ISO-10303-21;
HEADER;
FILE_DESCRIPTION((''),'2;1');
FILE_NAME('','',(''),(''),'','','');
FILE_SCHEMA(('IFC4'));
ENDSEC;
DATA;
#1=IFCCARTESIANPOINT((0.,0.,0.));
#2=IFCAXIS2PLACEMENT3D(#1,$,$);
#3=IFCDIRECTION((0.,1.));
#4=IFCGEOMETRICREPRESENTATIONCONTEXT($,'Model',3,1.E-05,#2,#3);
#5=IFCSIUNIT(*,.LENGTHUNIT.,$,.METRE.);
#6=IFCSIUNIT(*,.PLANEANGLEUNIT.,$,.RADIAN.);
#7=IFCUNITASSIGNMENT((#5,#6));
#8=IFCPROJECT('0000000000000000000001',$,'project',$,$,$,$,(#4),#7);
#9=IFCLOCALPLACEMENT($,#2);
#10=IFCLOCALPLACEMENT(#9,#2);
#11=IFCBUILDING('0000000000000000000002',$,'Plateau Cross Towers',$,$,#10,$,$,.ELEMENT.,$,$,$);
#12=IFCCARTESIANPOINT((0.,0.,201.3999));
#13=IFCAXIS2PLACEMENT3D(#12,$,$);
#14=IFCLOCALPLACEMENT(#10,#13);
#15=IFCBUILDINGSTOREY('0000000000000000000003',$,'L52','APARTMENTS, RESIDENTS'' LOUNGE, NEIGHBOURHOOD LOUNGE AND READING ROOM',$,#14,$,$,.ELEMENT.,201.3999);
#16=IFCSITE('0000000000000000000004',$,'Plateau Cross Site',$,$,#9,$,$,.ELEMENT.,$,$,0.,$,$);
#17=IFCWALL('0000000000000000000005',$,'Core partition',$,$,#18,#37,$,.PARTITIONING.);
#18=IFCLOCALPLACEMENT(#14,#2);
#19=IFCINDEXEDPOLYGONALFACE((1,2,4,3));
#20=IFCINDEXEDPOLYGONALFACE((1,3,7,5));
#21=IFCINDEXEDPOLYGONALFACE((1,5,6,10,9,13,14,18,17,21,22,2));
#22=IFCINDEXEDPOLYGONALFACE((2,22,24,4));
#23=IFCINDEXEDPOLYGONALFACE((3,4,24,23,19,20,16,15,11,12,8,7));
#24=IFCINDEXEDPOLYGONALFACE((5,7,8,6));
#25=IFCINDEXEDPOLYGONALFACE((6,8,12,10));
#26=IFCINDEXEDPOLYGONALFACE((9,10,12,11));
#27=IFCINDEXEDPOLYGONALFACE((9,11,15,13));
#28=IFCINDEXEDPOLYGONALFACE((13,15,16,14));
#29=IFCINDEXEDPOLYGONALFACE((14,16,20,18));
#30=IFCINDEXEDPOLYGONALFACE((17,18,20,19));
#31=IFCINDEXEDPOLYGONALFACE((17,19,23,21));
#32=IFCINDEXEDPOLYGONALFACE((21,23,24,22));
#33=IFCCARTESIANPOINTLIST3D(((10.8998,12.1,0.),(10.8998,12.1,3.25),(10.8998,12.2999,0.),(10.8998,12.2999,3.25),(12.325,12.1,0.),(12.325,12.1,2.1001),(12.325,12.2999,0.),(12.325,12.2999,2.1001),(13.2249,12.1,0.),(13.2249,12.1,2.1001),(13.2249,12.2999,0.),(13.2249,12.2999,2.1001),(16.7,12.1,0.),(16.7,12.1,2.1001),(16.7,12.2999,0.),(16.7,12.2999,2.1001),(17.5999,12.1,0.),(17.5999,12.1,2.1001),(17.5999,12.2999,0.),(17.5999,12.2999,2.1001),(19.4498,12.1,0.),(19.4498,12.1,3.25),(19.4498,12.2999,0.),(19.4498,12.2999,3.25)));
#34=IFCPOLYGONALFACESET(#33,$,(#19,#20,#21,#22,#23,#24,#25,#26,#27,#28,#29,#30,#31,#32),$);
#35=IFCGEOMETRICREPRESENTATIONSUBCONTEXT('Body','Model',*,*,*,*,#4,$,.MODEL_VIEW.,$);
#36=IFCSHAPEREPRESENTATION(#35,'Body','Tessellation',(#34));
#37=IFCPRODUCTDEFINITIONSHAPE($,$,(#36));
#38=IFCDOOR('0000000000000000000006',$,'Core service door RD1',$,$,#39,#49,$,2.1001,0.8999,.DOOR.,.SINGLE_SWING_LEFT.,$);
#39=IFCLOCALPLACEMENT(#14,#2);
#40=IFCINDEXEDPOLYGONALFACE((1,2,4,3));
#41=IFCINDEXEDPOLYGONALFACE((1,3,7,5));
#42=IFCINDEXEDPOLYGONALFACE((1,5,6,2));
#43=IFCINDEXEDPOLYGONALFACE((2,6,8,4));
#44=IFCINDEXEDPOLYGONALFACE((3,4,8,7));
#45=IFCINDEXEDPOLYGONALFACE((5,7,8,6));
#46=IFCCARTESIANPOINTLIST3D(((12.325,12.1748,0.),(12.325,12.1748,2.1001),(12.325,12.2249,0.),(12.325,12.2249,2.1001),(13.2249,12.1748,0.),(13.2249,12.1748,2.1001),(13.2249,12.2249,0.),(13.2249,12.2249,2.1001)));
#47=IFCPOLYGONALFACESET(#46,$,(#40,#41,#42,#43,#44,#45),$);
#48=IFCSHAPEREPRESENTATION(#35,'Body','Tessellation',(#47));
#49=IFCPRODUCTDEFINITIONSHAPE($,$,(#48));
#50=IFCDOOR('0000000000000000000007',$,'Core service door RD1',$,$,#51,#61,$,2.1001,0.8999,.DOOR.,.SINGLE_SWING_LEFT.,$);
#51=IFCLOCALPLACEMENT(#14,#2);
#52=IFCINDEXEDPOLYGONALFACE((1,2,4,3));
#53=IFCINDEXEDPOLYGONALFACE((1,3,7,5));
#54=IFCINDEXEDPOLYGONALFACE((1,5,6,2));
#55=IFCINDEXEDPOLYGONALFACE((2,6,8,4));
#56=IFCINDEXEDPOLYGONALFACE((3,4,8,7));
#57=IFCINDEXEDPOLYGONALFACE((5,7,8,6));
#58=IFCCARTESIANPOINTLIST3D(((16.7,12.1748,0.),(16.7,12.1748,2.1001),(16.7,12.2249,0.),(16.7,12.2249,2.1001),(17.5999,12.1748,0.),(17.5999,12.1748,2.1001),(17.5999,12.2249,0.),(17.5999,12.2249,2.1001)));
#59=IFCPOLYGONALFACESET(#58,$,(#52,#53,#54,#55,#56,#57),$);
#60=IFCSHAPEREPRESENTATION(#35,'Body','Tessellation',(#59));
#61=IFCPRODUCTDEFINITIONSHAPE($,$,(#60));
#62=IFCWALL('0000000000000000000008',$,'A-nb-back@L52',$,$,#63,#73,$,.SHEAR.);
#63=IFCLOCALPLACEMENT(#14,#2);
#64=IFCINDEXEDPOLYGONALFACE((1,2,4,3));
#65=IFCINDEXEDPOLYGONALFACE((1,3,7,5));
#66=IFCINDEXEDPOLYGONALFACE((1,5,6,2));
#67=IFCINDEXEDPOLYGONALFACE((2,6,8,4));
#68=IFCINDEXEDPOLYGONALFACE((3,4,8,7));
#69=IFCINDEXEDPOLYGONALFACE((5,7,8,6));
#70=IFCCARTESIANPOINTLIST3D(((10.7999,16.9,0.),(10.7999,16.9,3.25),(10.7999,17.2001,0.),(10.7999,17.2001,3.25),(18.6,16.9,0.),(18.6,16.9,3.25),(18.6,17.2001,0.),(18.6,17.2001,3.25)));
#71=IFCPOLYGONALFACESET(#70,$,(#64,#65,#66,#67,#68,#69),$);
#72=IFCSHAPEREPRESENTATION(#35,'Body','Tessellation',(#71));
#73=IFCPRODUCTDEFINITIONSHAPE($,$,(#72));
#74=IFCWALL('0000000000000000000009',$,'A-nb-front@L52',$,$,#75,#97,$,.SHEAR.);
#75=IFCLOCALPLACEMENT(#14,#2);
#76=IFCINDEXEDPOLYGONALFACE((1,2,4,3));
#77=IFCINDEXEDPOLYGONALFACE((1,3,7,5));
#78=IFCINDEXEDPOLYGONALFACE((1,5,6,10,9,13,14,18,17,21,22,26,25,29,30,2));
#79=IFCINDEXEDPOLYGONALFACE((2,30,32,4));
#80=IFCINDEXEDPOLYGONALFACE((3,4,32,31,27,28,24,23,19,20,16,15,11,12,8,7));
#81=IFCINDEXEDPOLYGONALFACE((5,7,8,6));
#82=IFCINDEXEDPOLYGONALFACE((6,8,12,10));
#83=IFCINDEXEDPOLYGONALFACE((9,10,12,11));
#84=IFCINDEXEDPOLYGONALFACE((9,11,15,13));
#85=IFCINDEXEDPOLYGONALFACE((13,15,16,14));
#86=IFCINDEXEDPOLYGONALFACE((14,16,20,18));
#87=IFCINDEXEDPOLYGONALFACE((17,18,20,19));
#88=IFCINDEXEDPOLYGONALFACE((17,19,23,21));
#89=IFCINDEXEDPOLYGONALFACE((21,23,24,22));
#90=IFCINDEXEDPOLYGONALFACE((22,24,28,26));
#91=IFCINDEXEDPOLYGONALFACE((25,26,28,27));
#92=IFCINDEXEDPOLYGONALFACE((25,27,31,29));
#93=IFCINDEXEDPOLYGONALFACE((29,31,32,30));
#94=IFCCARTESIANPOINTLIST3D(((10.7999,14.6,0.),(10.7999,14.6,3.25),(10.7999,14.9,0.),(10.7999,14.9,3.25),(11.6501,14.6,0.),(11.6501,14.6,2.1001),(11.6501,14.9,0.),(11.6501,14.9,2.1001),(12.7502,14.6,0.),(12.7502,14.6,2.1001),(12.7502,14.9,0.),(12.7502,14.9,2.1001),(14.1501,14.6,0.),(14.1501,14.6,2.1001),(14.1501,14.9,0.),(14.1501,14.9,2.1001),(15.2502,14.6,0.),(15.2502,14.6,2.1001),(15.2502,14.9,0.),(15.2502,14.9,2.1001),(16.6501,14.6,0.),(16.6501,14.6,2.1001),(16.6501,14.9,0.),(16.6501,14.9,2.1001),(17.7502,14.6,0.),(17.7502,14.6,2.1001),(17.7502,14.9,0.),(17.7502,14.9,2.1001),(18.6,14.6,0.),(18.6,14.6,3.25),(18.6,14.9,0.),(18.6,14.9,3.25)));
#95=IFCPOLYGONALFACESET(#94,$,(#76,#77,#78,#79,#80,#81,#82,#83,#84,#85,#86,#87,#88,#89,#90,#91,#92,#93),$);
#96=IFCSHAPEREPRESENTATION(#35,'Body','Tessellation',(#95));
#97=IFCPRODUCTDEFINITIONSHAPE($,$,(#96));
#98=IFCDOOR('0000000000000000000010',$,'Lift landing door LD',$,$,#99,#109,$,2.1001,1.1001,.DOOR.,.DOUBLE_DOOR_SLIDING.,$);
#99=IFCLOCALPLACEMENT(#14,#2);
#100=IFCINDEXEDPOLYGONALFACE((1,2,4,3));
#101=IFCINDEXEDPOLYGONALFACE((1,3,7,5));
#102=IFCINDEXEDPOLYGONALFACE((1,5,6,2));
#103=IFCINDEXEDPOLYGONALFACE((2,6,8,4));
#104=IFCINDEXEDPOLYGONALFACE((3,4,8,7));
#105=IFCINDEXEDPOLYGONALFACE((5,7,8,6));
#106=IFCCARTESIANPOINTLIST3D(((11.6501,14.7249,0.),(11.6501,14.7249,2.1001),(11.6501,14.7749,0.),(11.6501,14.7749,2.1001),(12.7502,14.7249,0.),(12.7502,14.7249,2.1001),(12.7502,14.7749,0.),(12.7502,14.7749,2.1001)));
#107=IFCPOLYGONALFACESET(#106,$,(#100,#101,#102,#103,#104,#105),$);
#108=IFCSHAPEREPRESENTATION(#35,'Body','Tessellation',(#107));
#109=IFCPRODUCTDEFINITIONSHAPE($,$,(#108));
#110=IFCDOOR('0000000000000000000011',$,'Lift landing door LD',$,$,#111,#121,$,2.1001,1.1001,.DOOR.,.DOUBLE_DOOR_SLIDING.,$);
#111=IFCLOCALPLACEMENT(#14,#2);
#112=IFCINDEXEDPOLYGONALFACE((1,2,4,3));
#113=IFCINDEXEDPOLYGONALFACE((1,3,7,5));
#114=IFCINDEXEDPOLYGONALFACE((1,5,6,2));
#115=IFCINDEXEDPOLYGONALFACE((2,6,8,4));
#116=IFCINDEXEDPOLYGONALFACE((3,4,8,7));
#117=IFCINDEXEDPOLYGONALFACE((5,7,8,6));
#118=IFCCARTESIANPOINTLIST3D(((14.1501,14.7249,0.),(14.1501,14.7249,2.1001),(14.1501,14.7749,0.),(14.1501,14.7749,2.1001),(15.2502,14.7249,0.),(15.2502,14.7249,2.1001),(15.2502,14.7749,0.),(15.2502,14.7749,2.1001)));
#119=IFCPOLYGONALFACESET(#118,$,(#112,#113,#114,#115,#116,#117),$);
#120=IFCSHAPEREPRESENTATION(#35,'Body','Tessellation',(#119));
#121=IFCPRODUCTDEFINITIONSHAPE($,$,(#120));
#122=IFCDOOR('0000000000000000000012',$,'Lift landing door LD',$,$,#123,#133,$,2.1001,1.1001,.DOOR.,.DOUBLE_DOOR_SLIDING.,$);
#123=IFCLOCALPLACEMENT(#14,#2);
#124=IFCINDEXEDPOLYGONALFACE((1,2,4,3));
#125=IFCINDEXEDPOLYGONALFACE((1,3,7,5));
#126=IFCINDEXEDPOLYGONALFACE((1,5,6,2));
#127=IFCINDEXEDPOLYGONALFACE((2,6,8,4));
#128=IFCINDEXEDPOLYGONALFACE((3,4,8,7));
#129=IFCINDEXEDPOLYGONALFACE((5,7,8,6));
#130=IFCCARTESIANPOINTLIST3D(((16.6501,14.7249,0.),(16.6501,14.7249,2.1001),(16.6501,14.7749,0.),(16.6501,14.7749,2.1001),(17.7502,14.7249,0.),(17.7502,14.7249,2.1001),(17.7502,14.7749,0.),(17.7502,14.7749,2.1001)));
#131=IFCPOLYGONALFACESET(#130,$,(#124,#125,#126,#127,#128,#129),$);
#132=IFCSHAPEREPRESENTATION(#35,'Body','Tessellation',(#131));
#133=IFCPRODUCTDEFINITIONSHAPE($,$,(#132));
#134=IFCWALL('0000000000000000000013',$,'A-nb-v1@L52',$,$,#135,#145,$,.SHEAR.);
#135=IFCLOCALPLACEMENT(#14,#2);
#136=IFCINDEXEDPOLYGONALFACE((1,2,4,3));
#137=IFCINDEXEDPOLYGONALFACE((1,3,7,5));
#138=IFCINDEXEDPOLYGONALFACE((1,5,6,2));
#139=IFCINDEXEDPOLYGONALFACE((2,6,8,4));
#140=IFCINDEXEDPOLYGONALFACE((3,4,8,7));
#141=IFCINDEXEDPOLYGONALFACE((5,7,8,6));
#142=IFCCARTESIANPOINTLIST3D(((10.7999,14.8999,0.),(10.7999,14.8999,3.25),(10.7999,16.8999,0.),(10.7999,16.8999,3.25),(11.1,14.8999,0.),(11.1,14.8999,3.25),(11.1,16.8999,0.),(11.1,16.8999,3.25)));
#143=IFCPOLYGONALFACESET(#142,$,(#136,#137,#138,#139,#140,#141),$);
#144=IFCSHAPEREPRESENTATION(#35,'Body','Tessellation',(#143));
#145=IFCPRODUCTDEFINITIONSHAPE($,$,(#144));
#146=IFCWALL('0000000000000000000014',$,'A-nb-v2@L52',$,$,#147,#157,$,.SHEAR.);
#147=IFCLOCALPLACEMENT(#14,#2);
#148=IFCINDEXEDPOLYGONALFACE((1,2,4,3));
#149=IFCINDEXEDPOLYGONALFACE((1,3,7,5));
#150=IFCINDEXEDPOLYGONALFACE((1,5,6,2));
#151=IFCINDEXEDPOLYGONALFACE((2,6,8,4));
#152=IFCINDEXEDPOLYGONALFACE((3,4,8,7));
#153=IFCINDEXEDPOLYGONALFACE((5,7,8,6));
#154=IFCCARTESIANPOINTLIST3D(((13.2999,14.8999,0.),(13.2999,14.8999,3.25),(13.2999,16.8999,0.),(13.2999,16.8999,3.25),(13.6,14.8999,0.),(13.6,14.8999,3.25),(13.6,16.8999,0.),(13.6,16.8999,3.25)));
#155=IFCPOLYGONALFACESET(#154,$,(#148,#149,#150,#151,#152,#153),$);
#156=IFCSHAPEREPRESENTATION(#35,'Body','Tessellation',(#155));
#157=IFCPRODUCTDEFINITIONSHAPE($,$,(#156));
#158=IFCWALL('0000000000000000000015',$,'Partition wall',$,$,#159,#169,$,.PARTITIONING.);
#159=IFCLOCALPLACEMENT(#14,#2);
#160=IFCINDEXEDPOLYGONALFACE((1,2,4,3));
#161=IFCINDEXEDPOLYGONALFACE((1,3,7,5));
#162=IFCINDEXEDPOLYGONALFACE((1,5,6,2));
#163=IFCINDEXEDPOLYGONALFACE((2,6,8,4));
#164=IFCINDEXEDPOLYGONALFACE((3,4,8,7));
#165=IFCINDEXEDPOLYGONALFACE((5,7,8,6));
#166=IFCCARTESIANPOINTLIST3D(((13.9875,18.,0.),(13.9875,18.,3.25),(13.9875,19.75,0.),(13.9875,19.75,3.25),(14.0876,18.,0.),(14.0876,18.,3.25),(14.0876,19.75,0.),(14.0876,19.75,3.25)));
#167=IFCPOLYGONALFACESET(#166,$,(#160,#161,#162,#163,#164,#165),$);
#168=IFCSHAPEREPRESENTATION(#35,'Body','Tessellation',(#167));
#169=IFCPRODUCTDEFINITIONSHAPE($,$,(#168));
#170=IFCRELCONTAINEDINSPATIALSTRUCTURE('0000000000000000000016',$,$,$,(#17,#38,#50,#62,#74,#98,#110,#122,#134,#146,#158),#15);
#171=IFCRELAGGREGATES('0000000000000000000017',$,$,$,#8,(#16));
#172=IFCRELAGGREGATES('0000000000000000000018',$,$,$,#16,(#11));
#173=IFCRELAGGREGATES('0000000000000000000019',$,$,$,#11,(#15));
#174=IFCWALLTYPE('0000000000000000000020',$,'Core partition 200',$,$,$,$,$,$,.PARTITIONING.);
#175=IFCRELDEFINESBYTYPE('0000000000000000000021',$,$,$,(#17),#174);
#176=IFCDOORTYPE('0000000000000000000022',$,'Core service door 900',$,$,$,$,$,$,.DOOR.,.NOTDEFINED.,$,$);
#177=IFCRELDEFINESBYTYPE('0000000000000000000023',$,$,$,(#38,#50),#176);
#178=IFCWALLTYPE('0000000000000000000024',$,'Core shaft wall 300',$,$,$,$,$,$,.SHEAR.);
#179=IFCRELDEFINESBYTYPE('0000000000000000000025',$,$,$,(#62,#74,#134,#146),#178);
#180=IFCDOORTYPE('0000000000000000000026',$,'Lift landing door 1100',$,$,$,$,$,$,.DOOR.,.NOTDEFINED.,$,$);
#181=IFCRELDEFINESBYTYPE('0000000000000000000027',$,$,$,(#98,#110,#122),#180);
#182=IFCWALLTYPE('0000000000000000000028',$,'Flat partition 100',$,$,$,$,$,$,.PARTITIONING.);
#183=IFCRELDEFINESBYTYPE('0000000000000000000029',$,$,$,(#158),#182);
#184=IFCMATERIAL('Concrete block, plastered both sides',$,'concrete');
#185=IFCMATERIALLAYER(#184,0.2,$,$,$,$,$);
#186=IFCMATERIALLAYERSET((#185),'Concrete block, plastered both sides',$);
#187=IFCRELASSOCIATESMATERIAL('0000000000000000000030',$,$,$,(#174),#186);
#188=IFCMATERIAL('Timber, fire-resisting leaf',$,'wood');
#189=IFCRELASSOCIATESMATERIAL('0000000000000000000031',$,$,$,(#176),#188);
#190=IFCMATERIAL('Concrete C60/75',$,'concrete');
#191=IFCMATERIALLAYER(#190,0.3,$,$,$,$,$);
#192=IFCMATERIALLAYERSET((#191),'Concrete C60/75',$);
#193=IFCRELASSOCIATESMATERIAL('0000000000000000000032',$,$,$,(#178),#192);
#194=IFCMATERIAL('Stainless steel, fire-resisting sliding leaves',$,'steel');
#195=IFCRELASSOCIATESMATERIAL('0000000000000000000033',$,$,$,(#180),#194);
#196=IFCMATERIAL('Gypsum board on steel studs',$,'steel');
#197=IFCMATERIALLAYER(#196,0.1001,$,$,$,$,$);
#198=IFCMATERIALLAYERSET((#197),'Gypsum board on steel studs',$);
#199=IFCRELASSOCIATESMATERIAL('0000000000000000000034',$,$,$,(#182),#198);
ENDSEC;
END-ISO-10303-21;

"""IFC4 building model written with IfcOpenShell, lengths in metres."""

from ifc_helpers import new_model, si_unit, direction, frame, frame_2d, origin, place, context, subcontext, project, spatial, rectangle, extrude, material, layer, layer_set, type_object, element, fill, save


model = new_model("IFC4")

# Units and contexts
model_context = context("Model", 3, precision=1e-05, world=origin(), true_north=direction((0.0, 1.0)))
body_context = subcontext(model_context, "Body", "Model", "MODEL_VIEW")
ifc_project = project(units=[si_unit("LENGTHUNIT", "METRE"), si_unit("PLANEANGLEUNIT", "RADIAN")], contexts=[model_context])

# Site, building, storey
site_placement = place(None, origin())
site = spatial("IfcSite", under=ifc_project, at=site_placement, Name="Plateau Cross Site", CompositionType="ELEMENT", RefElevation=0.0)
building_placement = place(site_placement, origin())
building = spatial("IfcBuilding", under=site, at=building_placement, Name="Plateau Cross Towers", CompositionType="ELEMENT")
storey_placement = place(building_placement, frame((0.0, 0.0, 201.3999)))
storey = spatial("IfcBuildingStorey", under=building, at=storey_placement, Name="L52", Description="APARTMENTS, RESIDENTS' LOUNGE, NEIGHBOURHOOD LOUNGE AND READING ROOM", CompositionType="ELEMENT", Elevation=201.3999)

# Wall, openings, doors
ifc_material_1 = material(Name="Concrete block, plastered both sides", Category="concrete")
ifc_layer_1 = layer(ifc_material_1, 0.2)
ifc_layer_set_1 = layer_set([ifc_layer_1], Name="Concrete block, plastered both sides")
wall_type_1 = type_object("IfcWallType", Name="Core partition 200", PredefinedType="PARTITIONING", material=ifc_layer_set_1)
wall_1_placement = place(storey_placement, frame((10.8999, 12.2, 0.0), z_axis=(0.0, 0.0, 1.0), x_axis=(1.0, 0.0, 0.0)))
wall_1 = element("IfcWall", 1, at=wall_1_placement, inside=storey, type_object=wall_type_1, Name="Core partition", PredefinedType="PARTITIONING", context=body_context, shape_type="SweptSolid", body=[
    extrude(rectangle(XDim=8.55, YDim=0.2, at=frame_2d((4.2749, 0.0))), origin(), (0.0, 0.0, 1.0), 3.25),
])
opening_1_placement = place(wall_1_placement, frame((1.425, 0.0, 0.0)))
opening_1 = element("IfcOpeningElement", 2, at=opening_1_placement, cuts=wall_1, PredefinedType="OPENING", context=body_context, shape_type="SweptSolid", body=[
    extrude(rectangle(XDim=0.8999, YDim=2.1001, at=frame_2d((0.45, 1.05))), frame((0.0, 0.1099, 0.0), z_axis=(0.0, -1.0, 0.0), x_axis=(1.0, 0.0, 0.0)), (0.0, 0.0, 1.0), 0.22),
])
opening_2_placement = place(wall_1_placement, frame((5.8, 0.0, 0.0)))
opening_2 = element("IfcOpeningElement", 3, at=opening_2_placement, cuts=wall_1, PredefinedType="OPENING", context=body_context, shape_type="SweptSolid", body=[
    extrude(rectangle(XDim=0.8999, YDim=2.1001, at=frame_2d((0.45, 1.05))), frame((0.0, 0.1099, 0.0), z_axis=(0.0, -1.0, 0.0), x_axis=(1.0, 0.0, 0.0)), (0.0, 0.0, 1.0), 0.22),
])
ifc_material_2 = material(Name="Timber, fire-resisting leaf", Category="wood")
door_type_1 = type_object("IfcDoorType", Name="Core service door 900", OperationType="NOTDEFINED", PredefinedType="DOOR", material=ifc_material_2)
door_1_placement = place(opening_1_placement, origin())
door_1 = element("IfcDoor", 4, at=door_1_placement, inside=storey, type_object=door_type_1, Name="Core service door RD1", OperationType="SINGLE_SWING_LEFT", OverallHeight=2.1001, OverallWidth=0.8999, PredefinedType="DOOR", context=body_context, shape_type="SweptSolid", body=[
    extrude(rectangle(XDim=0.8999, YDim=2.1001, at=frame_2d((0.45, 1.05))), frame((0.0, 0.0249, 0.0), z_axis=(0.0, -1.0, 0.0), x_axis=(1.0, 0.0, 0.0)), (0.0, 0.0, 1.0), 0.05),
])
fill(opening_1, door_1)
door_2_placement = place(opening_2_placement, origin())
door_2 = element("IfcDoor", 5, at=door_2_placement, inside=storey, type_object=door_type_1, Name="Core service door RD1", OperationType="SINGLE_SWING_LEFT", OverallHeight=2.1001, OverallWidth=0.8999, PredefinedType="DOOR", context=body_context, shape_type="SweptSolid", body=[
    extrude(rectangle(XDim=0.8999, YDim=2.1001, at=frame_2d((0.45, 1.05))), frame((0.0, 0.0249, 0.0), z_axis=(0.0, -1.0, 0.0), x_axis=(1.0, 0.0, 0.0)), (0.0, 0.0, 1.0), 0.05),
])
fill(opening_2, door_2)

# Wall
ifc_material_3 = material(Name="Concrete C60/75", Category="concrete")
ifc_layer_2 = layer(ifc_material_3, 0.3)
ifc_layer_set_2 = layer_set([ifc_layer_2], Name="Concrete C60/75")
wall_type_2 = type_object("IfcWallType", Name="Core shaft wall 300", PredefinedType="SHEAR", material=ifc_layer_set_2)
wall_2_placement = place(storey_placement, frame((10.8, 17.05, 0.0), z_axis=(0.0, 0.0, 1.0), x_axis=(1.0, 0.0, 0.0)))
element("IfcWall", 6, at=wall_2_placement, inside=storey, type_object=wall_type_2, Name="A-nb-back@L52", PredefinedType="SHEAR", context=body_context, shape_type="SweptSolid", body=[
    extrude(rectangle(XDim=7.8, YDim=0.3, at=frame_2d((3.8999, 0.0))), origin(), (0.0, 0.0, 1.0), 3.25),
])

# Wall, openings, doors
wall_3_placement = place(storey_placement, frame((10.8, 14.75, 0.0), z_axis=(0.0, 0.0, 1.0), x_axis=(1.0, 0.0, 0.0)))
wall_3 = element("IfcWall", 7, at=wall_3_placement, inside=storey, type_object=wall_type_2, Name="A-nb-front@L52", PredefinedType="SHEAR", context=body_context, shape_type="SweptSolid", body=[
    extrude(rectangle(XDim=7.8, YDim=0.3, at=frame_2d((3.8999, 0.0))), origin(), (0.0, 0.0, 1.0), 3.25),
])
opening_3_placement = place(wall_3_placement, frame((0.8501, 0.0, 0.0)))
opening_3 = element("IfcOpeningElement", 8, at=opening_3_placement, cuts=wall_3, PredefinedType="OPENING", context=body_context, shape_type="SweptSolid", body=[
    extrude(rectangle(XDim=1.1001, YDim=2.1001, at=frame_2d((0.55, 1.05))), frame((0.0, 0.1599, 0.0), z_axis=(0.0, -1.0, 0.0), x_axis=(1.0, 0.0, 0.0)), (0.0, 0.0, 1.0), 0.3201),
])
opening_4_placement = place(wall_3_placement, frame((3.3501, 0.0, 0.0)))
opening_4 = element("IfcOpeningElement", 9, at=opening_4_placement, cuts=wall_3, PredefinedType="OPENING", context=body_context, shape_type="SweptSolid", body=[
    extrude(rectangle(XDim=1.1001, YDim=2.1001, at=frame_2d((0.55, 1.05))), frame((0.0, 0.1599, 0.0), z_axis=(0.0, -1.0, 0.0), x_axis=(1.0, 0.0, 0.0)), (0.0, 0.0, 1.0), 0.3201),
])
opening_5_placement = place(wall_3_placement, frame((5.8501, 0.0, 0.0)))
opening_5 = element("IfcOpeningElement", 10, at=opening_5_placement, cuts=wall_3, PredefinedType="OPENING", context=body_context, shape_type="SweptSolid", body=[
    extrude(rectangle(XDim=1.1001, YDim=2.1001, at=frame_2d((0.55, 1.05))), frame((0.0, 0.1599, 0.0), z_axis=(0.0, -1.0, 0.0), x_axis=(1.0, 0.0, 0.0)), (0.0, 0.0, 1.0), 0.3201),
])
ifc_material_4 = material(Name="Stainless steel, fire-resisting sliding leaves", Category="steel")
door_type_2 = type_object("IfcDoorType", Name="Lift landing door 1100", OperationType="NOTDEFINED", PredefinedType="DOOR", material=ifc_material_4)
door_3_placement = place(opening_3_placement, origin())
door_3 = element("IfcDoor", 11, at=door_3_placement, inside=storey, type_object=door_type_2, Name="Lift landing door LD", OperationType="DOUBLE_DOOR_SLIDING", OverallHeight=2.1001, OverallWidth=1.1001, PredefinedType="DOOR", context=body_context, shape_type="SweptSolid", body=[
    extrude(rectangle(XDim=1.1001, YDim=2.1001, at=frame_2d((0.55, 1.05))), frame((0.0, 0.0249, 0.0), z_axis=(0.0, -1.0, 0.0), x_axis=(1.0, 0.0, 0.0)), (0.0, 0.0, 1.0), 0.05),
])
fill(opening_3, door_3)
door_4_placement = place(opening_4_placement, origin())
door_4 = element("IfcDoor", 12, at=door_4_placement, inside=storey, type_object=door_type_2, Name="Lift landing door LD", OperationType="DOUBLE_DOOR_SLIDING", OverallHeight=2.1001, OverallWidth=1.1001, PredefinedType="DOOR", context=body_context, shape_type="SweptSolid", body=[
    extrude(rectangle(XDim=1.1001, YDim=2.1001, at=frame_2d((0.55, 1.05))), frame((0.0, 0.0249, 0.0), z_axis=(0.0, -1.0, 0.0), x_axis=(1.0, 0.0, 0.0)), (0.0, 0.0, 1.0), 0.05),
])
fill(opening_4, door_4)
door_5_placement = place(opening_5_placement, origin())
door_5 = element("IfcDoor", 13, at=door_5_placement, inside=storey, type_object=door_type_2, Name="Lift landing door LD", OperationType="DOUBLE_DOOR_SLIDING", OverallHeight=2.1001, OverallWidth=1.1001, PredefinedType="DOOR", context=body_context, shape_type="SweptSolid", body=[
    extrude(rectangle(XDim=1.1001, YDim=2.1001, at=frame_2d((0.55, 1.05))), frame((0.0, 0.0249, 0.0), z_axis=(0.0, -1.0, 0.0), x_axis=(1.0, 0.0, 0.0)), (0.0, 0.0, 1.0), 0.05),
])
fill(opening_5, door_5)

# Walls
for number, where, z_axis, x_axis, name in (
    (14, (10.95, 14.8999, 0.0), (0.0, 0.0, 1.0), (0.0, 1.0, 0.0), "A-nb-v1@L52"),
    (15, (13.45, 14.8999, 0.0), (0.0, 0.0, 1.0), (0.0, 1.0, 0.0), "A-nb-v2@L52"),
):
    element("IfcWall", number, at=place(storey_placement, frame(where, z_axis=z_axis, x_axis=x_axis)), inside=storey, type_object=wall_type_2, Name=name, PredefinedType="SHEAR", context=body_context, shape_type="SweptSolid", body=[
        extrude(rectangle(XDim=2.0, YDim=0.3, at=frame_2d((1.0, 0.0))), origin(), (0.0, 0.0, 1.0), 3.25),
    ])
ifc_material_5 = material(Name="Gypsum board on steel studs", Category="steel")
ifc_layer_3 = layer(ifc_material_5, 0.1001)
ifc_layer_set_3 = layer_set([ifc_layer_3], Name="Gypsum board on steel studs")
wall_type_3 = type_object("IfcWallType", Name="Flat partition 100", PredefinedType="PARTITIONING", material=ifc_layer_set_3)
wall_4_placement = place(storey_placement, frame((14.0376, 18.0, 0.0), z_axis=(0.0, 0.0, 1.0), x_axis=(0.0, 1.0, 0.0)))
element("IfcWall", 16, at=wall_4_placement, inside=storey, type_object=wall_type_3, Name="Partition wall", PredefinedType="PARTITIONING", context=body_context, shape_type="SweptSolid", body=[
    extrude(rectangle(XDim=1.75, YDim=0.1001, at=frame_2d((0.875, 0.0))), origin(), (0.0, 0.0, 1.0), 3.25),
])

save(model, "model.ifc")
